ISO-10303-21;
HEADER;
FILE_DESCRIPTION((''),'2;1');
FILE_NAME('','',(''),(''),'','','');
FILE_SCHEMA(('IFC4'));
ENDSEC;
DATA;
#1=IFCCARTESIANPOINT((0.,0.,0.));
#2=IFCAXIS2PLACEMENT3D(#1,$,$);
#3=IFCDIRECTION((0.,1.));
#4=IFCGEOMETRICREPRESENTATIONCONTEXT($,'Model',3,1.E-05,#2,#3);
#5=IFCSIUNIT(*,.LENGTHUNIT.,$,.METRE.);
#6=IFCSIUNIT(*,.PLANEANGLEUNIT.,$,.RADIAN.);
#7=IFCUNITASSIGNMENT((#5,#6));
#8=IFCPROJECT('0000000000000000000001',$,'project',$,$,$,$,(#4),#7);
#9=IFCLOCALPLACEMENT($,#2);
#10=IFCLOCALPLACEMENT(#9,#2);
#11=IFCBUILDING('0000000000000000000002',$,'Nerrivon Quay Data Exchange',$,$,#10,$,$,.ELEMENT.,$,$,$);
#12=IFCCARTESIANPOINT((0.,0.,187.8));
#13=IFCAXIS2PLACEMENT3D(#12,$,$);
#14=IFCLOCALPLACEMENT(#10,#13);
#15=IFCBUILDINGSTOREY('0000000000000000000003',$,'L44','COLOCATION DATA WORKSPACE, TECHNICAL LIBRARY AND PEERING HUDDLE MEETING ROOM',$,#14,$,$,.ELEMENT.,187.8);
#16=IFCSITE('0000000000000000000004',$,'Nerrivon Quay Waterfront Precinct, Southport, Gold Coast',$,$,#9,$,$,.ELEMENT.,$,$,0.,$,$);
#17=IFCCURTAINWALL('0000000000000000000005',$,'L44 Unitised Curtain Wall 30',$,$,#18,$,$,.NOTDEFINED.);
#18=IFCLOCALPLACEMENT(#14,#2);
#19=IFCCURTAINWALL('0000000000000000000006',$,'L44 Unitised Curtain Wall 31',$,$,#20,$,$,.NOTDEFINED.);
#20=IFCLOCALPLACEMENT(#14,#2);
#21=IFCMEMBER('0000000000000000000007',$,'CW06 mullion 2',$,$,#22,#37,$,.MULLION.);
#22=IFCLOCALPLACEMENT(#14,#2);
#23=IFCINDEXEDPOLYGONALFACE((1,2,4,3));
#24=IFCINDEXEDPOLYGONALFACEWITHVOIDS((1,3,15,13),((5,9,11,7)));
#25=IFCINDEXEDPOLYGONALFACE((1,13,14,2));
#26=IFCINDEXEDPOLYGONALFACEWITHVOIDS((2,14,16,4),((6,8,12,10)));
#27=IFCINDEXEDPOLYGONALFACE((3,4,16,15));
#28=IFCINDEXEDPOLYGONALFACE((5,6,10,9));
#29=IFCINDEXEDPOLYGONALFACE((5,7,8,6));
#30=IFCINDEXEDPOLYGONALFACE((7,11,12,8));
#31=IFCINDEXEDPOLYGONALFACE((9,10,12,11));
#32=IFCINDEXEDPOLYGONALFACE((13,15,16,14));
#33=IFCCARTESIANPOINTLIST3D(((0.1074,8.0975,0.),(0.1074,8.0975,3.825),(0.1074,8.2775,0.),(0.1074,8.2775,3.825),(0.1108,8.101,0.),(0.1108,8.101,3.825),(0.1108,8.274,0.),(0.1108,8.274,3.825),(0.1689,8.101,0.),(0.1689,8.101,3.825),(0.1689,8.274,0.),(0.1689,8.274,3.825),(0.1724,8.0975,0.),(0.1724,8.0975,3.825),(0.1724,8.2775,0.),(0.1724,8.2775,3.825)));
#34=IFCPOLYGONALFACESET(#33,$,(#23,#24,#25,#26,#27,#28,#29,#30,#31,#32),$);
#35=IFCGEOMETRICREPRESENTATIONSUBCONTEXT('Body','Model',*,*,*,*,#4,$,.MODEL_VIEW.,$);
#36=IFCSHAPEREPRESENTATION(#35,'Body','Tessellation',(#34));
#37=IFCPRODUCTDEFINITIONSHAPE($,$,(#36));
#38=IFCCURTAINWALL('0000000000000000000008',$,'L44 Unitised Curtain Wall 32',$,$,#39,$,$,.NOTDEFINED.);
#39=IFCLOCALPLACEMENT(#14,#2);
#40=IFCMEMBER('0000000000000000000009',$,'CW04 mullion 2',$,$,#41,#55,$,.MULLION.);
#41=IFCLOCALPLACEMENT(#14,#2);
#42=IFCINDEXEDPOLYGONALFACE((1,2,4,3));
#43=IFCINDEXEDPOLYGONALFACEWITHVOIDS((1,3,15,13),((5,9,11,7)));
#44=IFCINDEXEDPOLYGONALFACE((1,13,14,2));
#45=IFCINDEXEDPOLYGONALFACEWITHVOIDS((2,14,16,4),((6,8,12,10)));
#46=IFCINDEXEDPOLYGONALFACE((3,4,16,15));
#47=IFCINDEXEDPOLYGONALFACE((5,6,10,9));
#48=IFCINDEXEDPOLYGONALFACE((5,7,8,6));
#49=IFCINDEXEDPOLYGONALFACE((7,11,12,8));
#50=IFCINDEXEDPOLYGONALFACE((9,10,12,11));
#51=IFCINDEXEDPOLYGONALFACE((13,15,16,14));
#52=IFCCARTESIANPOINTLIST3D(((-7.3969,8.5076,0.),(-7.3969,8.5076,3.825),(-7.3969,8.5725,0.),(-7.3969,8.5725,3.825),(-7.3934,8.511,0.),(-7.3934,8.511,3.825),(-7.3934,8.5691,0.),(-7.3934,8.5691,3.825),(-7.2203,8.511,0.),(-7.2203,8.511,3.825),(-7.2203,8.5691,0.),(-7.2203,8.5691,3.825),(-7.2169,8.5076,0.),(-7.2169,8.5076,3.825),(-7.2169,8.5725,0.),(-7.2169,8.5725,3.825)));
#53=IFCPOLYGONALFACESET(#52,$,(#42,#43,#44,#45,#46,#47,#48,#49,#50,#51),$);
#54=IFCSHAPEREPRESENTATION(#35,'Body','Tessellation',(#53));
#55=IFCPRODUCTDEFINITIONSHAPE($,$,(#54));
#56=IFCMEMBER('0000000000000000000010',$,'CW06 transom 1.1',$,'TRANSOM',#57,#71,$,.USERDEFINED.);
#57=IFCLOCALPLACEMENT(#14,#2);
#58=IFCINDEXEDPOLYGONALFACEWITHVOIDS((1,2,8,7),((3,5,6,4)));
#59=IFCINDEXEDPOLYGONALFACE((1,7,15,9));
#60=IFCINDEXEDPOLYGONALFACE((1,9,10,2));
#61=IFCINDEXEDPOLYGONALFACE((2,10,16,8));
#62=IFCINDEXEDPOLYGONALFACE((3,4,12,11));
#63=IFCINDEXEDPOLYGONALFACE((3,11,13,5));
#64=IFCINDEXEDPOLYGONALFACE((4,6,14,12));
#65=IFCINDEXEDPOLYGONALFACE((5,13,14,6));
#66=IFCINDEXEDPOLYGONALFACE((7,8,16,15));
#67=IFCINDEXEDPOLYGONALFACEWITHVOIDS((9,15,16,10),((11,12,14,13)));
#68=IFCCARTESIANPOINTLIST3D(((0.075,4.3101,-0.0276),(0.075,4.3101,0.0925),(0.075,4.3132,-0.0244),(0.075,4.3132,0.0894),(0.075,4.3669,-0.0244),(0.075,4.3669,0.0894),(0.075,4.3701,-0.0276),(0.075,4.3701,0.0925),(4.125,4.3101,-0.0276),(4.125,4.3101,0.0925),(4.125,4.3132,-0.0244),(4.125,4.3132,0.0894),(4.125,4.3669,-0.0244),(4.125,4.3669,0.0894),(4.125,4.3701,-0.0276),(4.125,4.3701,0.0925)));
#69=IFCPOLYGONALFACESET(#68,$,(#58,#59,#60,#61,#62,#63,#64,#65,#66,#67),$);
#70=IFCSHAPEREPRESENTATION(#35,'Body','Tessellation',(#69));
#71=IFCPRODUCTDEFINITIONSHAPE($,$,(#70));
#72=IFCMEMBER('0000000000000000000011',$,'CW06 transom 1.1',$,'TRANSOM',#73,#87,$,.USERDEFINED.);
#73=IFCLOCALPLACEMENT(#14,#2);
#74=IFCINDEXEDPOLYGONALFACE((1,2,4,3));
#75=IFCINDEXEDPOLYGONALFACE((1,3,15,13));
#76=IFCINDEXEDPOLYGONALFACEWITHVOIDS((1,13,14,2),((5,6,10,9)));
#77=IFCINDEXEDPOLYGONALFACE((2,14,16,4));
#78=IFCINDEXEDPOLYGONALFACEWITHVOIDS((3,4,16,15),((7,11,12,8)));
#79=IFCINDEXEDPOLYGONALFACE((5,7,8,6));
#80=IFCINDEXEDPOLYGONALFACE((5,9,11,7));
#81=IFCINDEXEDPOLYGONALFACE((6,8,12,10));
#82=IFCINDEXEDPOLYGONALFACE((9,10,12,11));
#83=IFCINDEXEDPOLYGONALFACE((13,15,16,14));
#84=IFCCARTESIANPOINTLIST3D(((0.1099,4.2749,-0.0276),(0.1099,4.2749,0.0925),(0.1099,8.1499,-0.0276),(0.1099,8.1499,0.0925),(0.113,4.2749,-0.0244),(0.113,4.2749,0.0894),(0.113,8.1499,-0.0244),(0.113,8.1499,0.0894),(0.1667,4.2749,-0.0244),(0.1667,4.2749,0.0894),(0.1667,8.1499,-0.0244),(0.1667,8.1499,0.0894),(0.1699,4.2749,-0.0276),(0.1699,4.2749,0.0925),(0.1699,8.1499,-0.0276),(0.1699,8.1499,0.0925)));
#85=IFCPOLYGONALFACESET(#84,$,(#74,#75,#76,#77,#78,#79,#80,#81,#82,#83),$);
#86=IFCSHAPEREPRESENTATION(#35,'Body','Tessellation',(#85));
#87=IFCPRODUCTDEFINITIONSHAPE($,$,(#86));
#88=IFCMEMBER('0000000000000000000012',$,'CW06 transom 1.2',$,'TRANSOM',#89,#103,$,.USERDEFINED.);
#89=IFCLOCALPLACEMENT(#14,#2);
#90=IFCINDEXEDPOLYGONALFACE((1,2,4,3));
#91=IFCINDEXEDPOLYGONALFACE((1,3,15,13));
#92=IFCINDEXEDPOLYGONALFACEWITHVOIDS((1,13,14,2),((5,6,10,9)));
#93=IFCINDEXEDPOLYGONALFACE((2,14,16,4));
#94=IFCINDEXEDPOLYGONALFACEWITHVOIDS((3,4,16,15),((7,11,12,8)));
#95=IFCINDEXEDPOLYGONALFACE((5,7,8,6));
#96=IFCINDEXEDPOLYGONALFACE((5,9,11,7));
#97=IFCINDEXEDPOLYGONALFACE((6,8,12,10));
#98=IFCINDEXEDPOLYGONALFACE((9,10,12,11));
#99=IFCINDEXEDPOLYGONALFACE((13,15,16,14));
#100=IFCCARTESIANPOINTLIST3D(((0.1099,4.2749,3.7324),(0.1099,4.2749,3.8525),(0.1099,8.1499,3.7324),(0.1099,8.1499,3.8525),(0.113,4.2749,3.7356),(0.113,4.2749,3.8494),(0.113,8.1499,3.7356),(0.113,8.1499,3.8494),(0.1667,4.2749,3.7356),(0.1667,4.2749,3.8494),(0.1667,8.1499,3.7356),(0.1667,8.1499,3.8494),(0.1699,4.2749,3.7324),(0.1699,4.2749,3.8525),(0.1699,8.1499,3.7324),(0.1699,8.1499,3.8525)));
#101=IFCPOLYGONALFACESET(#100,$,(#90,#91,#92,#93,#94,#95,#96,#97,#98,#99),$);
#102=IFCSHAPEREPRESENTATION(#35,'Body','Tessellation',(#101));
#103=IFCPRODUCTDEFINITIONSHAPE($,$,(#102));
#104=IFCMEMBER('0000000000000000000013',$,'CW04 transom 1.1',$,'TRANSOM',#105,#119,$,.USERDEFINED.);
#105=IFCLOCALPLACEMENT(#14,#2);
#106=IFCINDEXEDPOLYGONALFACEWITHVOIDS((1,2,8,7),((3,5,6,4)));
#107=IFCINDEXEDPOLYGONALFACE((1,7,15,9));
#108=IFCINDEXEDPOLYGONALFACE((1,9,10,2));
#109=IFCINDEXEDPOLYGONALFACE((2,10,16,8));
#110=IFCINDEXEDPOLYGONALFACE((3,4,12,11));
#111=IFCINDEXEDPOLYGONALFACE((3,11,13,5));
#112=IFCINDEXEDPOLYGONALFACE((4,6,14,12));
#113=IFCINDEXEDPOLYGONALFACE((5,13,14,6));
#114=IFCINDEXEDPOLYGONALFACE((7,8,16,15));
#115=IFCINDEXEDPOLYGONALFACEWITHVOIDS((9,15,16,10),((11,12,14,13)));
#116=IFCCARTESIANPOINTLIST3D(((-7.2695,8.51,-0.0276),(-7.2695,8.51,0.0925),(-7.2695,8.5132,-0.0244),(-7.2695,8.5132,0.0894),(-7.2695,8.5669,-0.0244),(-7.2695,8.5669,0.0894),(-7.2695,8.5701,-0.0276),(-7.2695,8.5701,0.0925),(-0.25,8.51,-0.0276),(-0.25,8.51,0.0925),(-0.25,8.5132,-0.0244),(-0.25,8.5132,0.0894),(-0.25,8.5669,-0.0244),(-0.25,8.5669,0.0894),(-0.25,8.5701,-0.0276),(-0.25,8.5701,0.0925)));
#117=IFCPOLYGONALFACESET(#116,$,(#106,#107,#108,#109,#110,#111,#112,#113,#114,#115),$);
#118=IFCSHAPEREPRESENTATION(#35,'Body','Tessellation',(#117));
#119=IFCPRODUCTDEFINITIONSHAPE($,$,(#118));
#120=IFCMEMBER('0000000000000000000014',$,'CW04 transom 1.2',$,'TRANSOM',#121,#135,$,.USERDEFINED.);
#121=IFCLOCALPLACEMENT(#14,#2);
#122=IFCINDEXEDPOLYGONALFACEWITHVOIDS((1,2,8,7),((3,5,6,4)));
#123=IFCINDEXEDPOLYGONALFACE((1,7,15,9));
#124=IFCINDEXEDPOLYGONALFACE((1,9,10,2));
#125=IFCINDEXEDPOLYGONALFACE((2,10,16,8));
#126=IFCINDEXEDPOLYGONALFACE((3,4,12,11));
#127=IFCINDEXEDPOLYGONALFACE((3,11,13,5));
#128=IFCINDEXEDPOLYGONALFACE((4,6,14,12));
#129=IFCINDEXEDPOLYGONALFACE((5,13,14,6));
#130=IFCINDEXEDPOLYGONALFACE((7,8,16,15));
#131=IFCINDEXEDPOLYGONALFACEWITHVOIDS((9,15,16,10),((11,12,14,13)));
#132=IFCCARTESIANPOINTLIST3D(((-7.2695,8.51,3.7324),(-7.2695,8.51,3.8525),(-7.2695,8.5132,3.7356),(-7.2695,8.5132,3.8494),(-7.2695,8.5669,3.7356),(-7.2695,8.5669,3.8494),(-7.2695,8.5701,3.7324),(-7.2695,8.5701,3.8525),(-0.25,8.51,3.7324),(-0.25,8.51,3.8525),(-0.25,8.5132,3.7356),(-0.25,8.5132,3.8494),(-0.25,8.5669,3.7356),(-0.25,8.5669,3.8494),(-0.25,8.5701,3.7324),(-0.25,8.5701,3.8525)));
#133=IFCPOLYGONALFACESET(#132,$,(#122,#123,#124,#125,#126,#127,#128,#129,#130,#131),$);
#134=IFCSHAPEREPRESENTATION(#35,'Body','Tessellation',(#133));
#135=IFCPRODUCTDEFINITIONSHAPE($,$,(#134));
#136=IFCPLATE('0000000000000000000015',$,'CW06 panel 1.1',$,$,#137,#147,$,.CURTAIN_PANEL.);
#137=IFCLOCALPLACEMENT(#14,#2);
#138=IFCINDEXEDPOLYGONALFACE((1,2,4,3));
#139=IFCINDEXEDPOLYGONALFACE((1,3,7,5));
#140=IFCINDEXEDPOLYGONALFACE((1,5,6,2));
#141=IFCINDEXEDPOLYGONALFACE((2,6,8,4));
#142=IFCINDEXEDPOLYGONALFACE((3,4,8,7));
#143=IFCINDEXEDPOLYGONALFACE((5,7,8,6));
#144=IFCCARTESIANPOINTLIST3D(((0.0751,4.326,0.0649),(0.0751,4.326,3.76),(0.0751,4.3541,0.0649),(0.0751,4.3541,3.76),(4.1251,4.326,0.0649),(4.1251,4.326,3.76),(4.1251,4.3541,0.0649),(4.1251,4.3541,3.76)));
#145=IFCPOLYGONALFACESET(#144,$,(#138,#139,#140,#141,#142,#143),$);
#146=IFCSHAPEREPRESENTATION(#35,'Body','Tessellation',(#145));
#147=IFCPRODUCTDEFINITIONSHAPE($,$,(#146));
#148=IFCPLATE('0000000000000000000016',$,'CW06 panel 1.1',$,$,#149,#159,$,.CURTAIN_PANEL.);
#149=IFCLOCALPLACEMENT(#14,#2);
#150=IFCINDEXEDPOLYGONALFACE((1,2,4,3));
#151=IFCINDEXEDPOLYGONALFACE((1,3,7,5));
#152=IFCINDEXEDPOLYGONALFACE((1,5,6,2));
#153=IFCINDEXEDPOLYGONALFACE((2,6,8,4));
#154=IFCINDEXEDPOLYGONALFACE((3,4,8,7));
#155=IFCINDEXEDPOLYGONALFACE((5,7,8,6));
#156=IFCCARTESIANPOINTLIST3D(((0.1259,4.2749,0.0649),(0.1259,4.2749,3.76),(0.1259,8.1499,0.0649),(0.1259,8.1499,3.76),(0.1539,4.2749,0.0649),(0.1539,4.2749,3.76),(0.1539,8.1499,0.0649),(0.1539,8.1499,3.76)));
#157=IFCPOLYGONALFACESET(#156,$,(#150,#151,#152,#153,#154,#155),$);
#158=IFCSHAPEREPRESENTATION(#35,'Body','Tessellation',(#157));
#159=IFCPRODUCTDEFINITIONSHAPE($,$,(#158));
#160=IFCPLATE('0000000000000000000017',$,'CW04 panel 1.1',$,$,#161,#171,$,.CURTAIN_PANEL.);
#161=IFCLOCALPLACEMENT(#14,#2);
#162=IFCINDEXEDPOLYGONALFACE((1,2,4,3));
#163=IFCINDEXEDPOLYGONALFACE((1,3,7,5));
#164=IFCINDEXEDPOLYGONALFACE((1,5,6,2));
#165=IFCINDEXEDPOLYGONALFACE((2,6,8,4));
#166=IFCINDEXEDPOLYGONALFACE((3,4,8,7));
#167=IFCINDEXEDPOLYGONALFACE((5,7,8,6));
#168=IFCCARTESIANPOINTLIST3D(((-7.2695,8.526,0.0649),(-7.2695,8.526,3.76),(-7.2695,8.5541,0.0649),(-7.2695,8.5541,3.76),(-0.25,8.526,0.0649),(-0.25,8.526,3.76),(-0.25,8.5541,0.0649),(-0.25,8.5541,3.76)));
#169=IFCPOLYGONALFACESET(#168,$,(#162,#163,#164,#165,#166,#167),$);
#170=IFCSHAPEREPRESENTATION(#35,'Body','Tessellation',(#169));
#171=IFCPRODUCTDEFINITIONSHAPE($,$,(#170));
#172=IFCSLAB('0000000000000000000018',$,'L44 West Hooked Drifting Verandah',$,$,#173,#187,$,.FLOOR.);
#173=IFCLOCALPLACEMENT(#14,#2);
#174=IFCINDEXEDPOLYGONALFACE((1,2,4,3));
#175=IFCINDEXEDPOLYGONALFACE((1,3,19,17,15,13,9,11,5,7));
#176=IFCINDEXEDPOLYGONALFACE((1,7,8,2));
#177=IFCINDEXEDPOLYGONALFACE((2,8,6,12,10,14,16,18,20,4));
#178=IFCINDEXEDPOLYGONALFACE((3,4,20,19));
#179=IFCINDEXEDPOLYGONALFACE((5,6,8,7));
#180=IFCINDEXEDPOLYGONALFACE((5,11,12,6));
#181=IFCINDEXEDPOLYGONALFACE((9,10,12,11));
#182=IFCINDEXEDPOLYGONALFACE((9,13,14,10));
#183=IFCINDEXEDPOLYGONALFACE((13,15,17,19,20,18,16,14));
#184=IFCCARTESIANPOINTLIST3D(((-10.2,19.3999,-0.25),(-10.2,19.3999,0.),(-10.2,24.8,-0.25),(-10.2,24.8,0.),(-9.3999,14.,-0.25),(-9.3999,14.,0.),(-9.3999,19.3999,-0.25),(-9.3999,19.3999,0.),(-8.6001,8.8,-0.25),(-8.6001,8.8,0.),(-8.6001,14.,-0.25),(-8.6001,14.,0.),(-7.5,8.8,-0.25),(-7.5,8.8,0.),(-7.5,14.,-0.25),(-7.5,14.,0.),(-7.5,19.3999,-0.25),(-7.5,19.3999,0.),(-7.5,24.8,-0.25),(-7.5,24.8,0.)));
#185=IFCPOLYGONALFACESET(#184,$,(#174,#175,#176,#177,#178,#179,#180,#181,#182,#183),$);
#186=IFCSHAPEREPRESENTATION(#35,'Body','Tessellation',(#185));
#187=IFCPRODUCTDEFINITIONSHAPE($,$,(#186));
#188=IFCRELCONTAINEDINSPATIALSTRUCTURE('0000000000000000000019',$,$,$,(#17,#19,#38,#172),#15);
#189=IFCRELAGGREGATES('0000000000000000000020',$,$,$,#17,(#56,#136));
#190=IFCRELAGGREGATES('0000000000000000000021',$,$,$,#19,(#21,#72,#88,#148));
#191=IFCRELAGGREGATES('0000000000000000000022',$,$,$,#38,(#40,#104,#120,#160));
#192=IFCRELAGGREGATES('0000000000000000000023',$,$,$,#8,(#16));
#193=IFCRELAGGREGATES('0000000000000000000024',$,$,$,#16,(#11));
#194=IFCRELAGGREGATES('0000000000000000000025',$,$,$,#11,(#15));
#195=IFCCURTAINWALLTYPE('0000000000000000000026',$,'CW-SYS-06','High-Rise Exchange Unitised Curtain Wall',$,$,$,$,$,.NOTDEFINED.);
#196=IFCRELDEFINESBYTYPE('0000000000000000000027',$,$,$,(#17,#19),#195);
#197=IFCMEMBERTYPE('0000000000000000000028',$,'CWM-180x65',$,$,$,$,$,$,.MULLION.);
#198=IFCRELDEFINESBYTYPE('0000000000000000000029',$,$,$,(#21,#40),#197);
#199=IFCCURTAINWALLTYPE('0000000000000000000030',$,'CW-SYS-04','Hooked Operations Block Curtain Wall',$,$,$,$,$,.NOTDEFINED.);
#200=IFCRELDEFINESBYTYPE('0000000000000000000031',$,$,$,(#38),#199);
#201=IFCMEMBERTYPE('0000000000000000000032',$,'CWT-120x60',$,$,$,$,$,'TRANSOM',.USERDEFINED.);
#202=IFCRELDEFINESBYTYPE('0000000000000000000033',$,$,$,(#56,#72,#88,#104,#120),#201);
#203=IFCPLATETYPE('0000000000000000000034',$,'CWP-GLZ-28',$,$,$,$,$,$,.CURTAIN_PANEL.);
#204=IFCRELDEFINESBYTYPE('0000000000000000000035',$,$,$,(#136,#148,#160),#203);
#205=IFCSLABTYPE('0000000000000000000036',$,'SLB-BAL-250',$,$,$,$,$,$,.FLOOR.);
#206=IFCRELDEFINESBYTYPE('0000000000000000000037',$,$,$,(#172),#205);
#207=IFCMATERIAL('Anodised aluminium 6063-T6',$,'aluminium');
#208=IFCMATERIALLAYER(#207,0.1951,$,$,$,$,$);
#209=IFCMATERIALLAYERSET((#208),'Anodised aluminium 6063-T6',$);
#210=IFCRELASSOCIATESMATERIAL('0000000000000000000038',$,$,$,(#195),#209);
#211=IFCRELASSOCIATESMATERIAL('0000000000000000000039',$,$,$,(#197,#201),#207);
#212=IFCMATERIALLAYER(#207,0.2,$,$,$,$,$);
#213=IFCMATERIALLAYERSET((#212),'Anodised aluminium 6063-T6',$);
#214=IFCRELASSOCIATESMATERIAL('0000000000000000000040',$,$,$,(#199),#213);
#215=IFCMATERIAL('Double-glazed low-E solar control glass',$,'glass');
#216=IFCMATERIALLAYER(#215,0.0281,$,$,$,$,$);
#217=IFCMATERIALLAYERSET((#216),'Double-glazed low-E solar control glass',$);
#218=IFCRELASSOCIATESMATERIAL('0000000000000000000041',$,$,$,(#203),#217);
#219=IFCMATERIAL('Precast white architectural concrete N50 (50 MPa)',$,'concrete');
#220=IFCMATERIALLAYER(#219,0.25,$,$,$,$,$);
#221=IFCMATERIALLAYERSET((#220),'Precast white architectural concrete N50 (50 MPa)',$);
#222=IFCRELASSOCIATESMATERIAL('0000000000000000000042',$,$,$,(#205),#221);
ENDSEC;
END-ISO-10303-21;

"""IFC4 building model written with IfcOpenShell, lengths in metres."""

from ifc_helpers import new_model, si_unit, direction, frame, origin, origin_2d, place, context, subcontext, project, spatial, polyline, rectangle, hollow_rectangle, outline, extrude, material, layer, layer_set, material_profile, profile_set, type_object, element, aggregate, save


model = new_model("IFC4")

# Units and contexts
model_context = context("Model", 3, precision=1e-05, world=origin(), true_north=direction((0.0, 1.0)))
body_context = subcontext(model_context, "Body", "Model", "MODEL_VIEW")
ifc_project = project(units=[si_unit("LENGTHUNIT", "METRE"), si_unit("PLANEANGLEUNIT", "RADIAN")], contexts=[model_context])

# Site, building, storey
site_placement = place(None, origin())
site = spatial("IfcSite", under=ifc_project, at=site_placement, Name="Nerrivon Quay Waterfront Precinct, Southport, Gold Coast", CompositionType="ELEMENT", RefElevation=0.0)
building_placement = place(site_placement, origin())
building = spatial("IfcBuilding", under=site, at=building_placement, Name="Nerrivon Quay Data Exchange", CompositionType="ELEMENT")
storey_placement = place(building_placement, frame((0.0, 0.0, 187.8)))
storey = spatial("IfcBuildingStorey", under=building, at=storey_placement, Name="L44", Description="COLOCATION DATA WORKSPACE, TECHNICAL LIBRARY AND PEERING HUDDLE MEETING ROOM", CompositionType="ELEMENT", Elevation=187.8)

# Curtain wall
ifc_material_1 = material(Name="Anodised aluminium 6063-T6", Category="aluminium")
ifc_layer_1 = layer(ifc_material_1, 0.1951)
ifc_layer_set_1 = layer_set([ifc_layer_1], Name="Anodised aluminium 6063-T6")
curtain_wall_type_1 = type_object("IfcCurtainWallType", Name="CW-SYS-06", Description="High-Rise Exchange Unitised Curtain Wall", PredefinedType="NOTDEFINED", material=ifc_layer_set_1)
curtain_wall_1_placement = place(storey_placement, origin())
curtain_wall_1 = element("IfcCurtainWall", 1, at=curtain_wall_1_placement, inside=storey, type_object=curtain_wall_type_1, Name="L44 Unitised Curtain Wall 30", PredefinedType="NOTDEFINED")
ifc_material_profile_1 = material_profile(ifc_material_1, hollow_rectangle(XDim=0.0649, YDim=0.1799, WallThickness=0.0034, at=origin_2d()), Name="ALU-MULL-180x65")
ifc_profile_set_1 = profile_set([ifc_material_profile_1], Name="Anodised aluminium 6063-T6")
member_type_1 = type_object("IfcMemberType", Name="CWM-180x65", PredefinedType="MULLION", material=ifc_profile_set_1)

# Curtain wall, member
curtain_wall_2_placement = place(storey_placement, origin())
curtain_wall_2 = element("IfcCurtainWall", 2, at=curtain_wall_2_placement, inside=storey, type_object=curtain_wall_type_1, Name="L44 Unitised Curtain Wall 31", PredefinedType="NOTDEFINED")
member_1_placement = place(storey_placement, frame((0.1399, 8.1875, 0.0), z_axis=(0.0, 0.0, 1.0), x_axis=(-1.0, 0.0, 0.0)))
member_1 = element("IfcMember", 3, at=member_1_placement, type_object=member_type_1, Name="CW06 mullion 2", PredefinedType="MULLION", context=body_context, shape_type="SweptSolid", body=[
    extrude(hollow_rectangle(XDim=0.0649, YDim=0.1799, WallThickness=0.0034, at=origin_2d()), origin(), (0.0, 0.0, 1.0), 3.825),
])

# Curtain wall, member
ifc_layer_2 = layer(ifc_material_1, 0.2)
ifc_layer_set_2 = layer_set([ifc_layer_2], Name="Anodised aluminium 6063-T6")
curtain_wall_type_2 = type_object("IfcCurtainWallType", Name="CW-SYS-04", Description="Hooked Operations Block Curtain Wall", PredefinedType="NOTDEFINED", material=ifc_layer_set_2)
curtain_wall_3_placement = place(storey_placement, origin())
curtain_wall_3 = element("IfcCurtainWall", 4, at=curtain_wall_3_placement, inside=storey, type_object=curtain_wall_type_2, Name="L44 Unitised Curtain Wall 32", PredefinedType="NOTDEFINED")
member_2_placement = place(storey_placement, frame((-7.3069, 8.54, 0.0), z_axis=(0.0, 0.0, 1.0), x_axis=(0.0, -1.0, 0.0)))
member_2 = element("IfcMember", 5, at=member_2_placement, type_object=member_type_1, Name="CW04 mullion 2", PredefinedType="MULLION", context=body_context, shape_type="SweptSolid", body=[
    extrude(hollow_rectangle(XDim=0.0649, YDim=0.1799, WallThickness=0.0034, at=origin_2d()), origin(), (0.0, 0.0, 1.0), 3.825),
])

# Members
ifc_material_profile_2 = material_profile(ifc_material_1, hollow_rectangle(XDim=0.0601, YDim=0.1201, WallThickness=0.0032, at=origin_2d()), Name="ALU-TRAN-120x60")
ifc_profile_set_2 = profile_set([ifc_material_profile_2], Name="Anodised aluminium 6063-T6")
member_type_2 = type_object("IfcMemberType", Name="CWT-120x60", ElementType="TRANSOM", PredefinedType="USERDEFINED", material=ifc_profile_set_2)
member_3_placement = place(storey_placement, frame((4.125, 4.3401, 0.0325), z_axis=(-1.0, 0.0, 0.0), x_axis=(0.0, -1.0, 0.0)))
member_3 = element("IfcMember", 6, at=member_3_placement, type_object=member_type_2, Name="CW06 transom 1.1", ObjectType="TRANSOM", PredefinedType="USERDEFINED", context=body_context, shape_type="SweptSolid", body=[
    extrude(hollow_rectangle(XDim=0.0601, YDim=0.1201, WallThickness=0.0032, at=origin_2d()), origin(), (0.0, 0.0, 1.0), 4.05),
])
member_4_placement = place(storey_placement, frame((0.1399, 4.2749, 0.0325), z_axis=(0.0, 1.0, 0.0), x_axis=(-1.0, 0.0, 0.0)))
member_4 = element("IfcMember", 7, at=member_4_placement, type_object=member_type_2, Name="CW06 transom 1.1", ObjectType="TRANSOM", PredefinedType="USERDEFINED", context=body_context, shape_type="SweptSolid", body=[
    extrude(hollow_rectangle(XDim=0.0601, YDim=0.1201, WallThickness=0.0032, at=origin_2d()), origin(), (0.0, 0.0, 1.0), 3.875),
])
member_5_placement = place(storey_placement, frame((0.1399, 4.2749, 3.7925), z_axis=(0.0, 1.0, 0.0), x_axis=(-1.0, 0.0, 0.0)))
member_5 = element("IfcMember", 8, at=member_5_placement, type_object=member_type_2, Name="CW06 transom 1.2", ObjectType="TRANSOM", PredefinedType="USERDEFINED", context=body_context, shape_type="SweptSolid", body=[
    extrude(hollow_rectangle(XDim=0.0601, YDim=0.1201, WallThickness=0.0032, at=origin_2d()), origin(), (0.0, 0.0, 1.0), 3.875),
])
member_6_placement = place(storey_placement, frame((-0.25, 8.54, 0.0325), z_axis=(-1.0, 0.0, 0.0), x_axis=(0.0, -1.0, 0.0)))
member_6 = element("IfcMember", 9, at=member_6_placement, type_object=member_type_2, Name="CW04 transom 1.1", ObjectType="TRANSOM", PredefinedType="USERDEFINED", context=body_context, shape_type="SweptSolid", body=[
    extrude(hollow_rectangle(XDim=0.0601, YDim=0.1201, WallThickness=0.0032, at=origin_2d()), origin(), (0.0, 0.0, 1.0), 7.0195),
])
member_7_placement = place(storey_placement, frame((-0.25, 8.54, 3.7925), z_axis=(-1.0, 0.0, 0.0), x_axis=(0.0, -1.0, 0.0)))
member_7 = element("IfcMember", 10, at=member_7_placement, type_object=member_type_2, Name="CW04 transom 1.2", ObjectType="TRANSOM", PredefinedType="USERDEFINED", context=body_context, shape_type="SweptSolid", body=[
    extrude(hollow_rectangle(XDim=0.0601, YDim=0.1201, WallThickness=0.0032, at=origin_2d()), origin(), (0.0, 0.0, 1.0), 7.0195),
])

# Plates
ifc_material_2 = material(Name="Double-glazed low-E solar control glass", Category="glass")
ifc_layer_3 = layer(ifc_material_2, 0.0281)
ifc_layer_set_3 = layer_set([ifc_layer_3], Name="Double-glazed low-E solar control glass")
plate_type = type_object("IfcPlateType", Name="CWP-GLZ-28", PredefinedType="CURTAIN_PANEL", material=ifc_layer_set_3)
plate_1_placement = place(storey_placement, frame((2.1001, 4.3401, 0.0649), z_axis=(0.0, 0.0, 1.0), x_axis=(-1.0, 0.0, 0.0)))
plate_1 = element("IfcPlate", 11, at=plate_1_placement, type_object=plate_type, Name="CW06 panel 1.1", PredefinedType="CURTAIN_PANEL", context=body_context, shape_type="SweptSolid", body=[
    extrude(rectangle(XDim=4.05, YDim=0.0281, at=origin_2d()), origin(), (0.0, 0.0, 1.0), 3.6951),
])
aggregate(curtain_wall_1, [member_3, plate_1])
plate_2_placement = place(storey_placement, frame((0.1399, 6.2124, 0.0649), z_axis=(0.0, 0.0, 1.0), x_axis=(0.0, 1.0, 0.0)))
plate_2 = element("IfcPlate", 12, at=plate_2_placement, type_object=plate_type, Name="CW06 panel 1.1", PredefinedType="CURTAIN_PANEL", context=body_context, shape_type="SweptSolid", body=[
    extrude(rectangle(XDim=3.875, YDim=0.0281, at=origin_2d()), origin(), (0.0, 0.0, 1.0), 3.6951),
])
aggregate(curtain_wall_2, [member_1, member_4, member_5, plate_2])
plate_3_placement = place(storey_placement, frame((-3.7598, 8.54, 0.0649), z_axis=(0.0, 0.0, 1.0), x_axis=(-1.0, 0.0, 0.0)))
plate_3 = element("IfcPlate", 13, at=plate_3_placement, type_object=plate_type, Name="CW04 panel 1.1", PredefinedType="CURTAIN_PANEL", context=body_context, shape_type="SweptSolid", body=[
    extrude(rectangle(XDim=7.0195, YDim=0.0281, at=origin_2d()), origin(), (0.0, 0.0, 1.0), 3.6951),
])
aggregate(curtain_wall_3, [member_2, member_6, member_7, plate_3])

# Slab
ifc_material_3 = material(Name="Precast white architectural concrete N50 (50 MPa)", Category="concrete")
ifc_layer_4 = layer(ifc_material_3, 0.25)
ifc_layer_set_4 = layer_set([ifc_layer_4], Name="Precast white architectural concrete N50 (50 MPa)")
slab_type_1 = type_object("IfcSlabType", Name="SLB-BAL-250", PredefinedType="FLOOR", material=ifc_layer_set_4)
slab_1_placement = place(storey_placement, frame((0.0, 0.0, -0.25)))
element("IfcSlab", 14, at=slab_1_placement, inside=storey, type_object=slab_type_1, Name="L44 West Hooked Drifting Verandah", PredefinedType="FLOOR", context=body_context, shape_type="SweptSolid", body=[
    extrude(outline(polyline([(-7.5, 14.0), (-7.5, 19.3999), (-7.5, 24.8), (-10.2, 24.8), (-10.2, 19.3999), (-9.3999, 19.3999), (-9.3999, 14.0), (-8.6001, 14.0), (-8.6001, 8.8), (-7.5, 8.8), (-7.5, 14.0)])), origin(), (0.0, 0.0, 1.0), 0.25),
])

save(model, "model.ifc")
